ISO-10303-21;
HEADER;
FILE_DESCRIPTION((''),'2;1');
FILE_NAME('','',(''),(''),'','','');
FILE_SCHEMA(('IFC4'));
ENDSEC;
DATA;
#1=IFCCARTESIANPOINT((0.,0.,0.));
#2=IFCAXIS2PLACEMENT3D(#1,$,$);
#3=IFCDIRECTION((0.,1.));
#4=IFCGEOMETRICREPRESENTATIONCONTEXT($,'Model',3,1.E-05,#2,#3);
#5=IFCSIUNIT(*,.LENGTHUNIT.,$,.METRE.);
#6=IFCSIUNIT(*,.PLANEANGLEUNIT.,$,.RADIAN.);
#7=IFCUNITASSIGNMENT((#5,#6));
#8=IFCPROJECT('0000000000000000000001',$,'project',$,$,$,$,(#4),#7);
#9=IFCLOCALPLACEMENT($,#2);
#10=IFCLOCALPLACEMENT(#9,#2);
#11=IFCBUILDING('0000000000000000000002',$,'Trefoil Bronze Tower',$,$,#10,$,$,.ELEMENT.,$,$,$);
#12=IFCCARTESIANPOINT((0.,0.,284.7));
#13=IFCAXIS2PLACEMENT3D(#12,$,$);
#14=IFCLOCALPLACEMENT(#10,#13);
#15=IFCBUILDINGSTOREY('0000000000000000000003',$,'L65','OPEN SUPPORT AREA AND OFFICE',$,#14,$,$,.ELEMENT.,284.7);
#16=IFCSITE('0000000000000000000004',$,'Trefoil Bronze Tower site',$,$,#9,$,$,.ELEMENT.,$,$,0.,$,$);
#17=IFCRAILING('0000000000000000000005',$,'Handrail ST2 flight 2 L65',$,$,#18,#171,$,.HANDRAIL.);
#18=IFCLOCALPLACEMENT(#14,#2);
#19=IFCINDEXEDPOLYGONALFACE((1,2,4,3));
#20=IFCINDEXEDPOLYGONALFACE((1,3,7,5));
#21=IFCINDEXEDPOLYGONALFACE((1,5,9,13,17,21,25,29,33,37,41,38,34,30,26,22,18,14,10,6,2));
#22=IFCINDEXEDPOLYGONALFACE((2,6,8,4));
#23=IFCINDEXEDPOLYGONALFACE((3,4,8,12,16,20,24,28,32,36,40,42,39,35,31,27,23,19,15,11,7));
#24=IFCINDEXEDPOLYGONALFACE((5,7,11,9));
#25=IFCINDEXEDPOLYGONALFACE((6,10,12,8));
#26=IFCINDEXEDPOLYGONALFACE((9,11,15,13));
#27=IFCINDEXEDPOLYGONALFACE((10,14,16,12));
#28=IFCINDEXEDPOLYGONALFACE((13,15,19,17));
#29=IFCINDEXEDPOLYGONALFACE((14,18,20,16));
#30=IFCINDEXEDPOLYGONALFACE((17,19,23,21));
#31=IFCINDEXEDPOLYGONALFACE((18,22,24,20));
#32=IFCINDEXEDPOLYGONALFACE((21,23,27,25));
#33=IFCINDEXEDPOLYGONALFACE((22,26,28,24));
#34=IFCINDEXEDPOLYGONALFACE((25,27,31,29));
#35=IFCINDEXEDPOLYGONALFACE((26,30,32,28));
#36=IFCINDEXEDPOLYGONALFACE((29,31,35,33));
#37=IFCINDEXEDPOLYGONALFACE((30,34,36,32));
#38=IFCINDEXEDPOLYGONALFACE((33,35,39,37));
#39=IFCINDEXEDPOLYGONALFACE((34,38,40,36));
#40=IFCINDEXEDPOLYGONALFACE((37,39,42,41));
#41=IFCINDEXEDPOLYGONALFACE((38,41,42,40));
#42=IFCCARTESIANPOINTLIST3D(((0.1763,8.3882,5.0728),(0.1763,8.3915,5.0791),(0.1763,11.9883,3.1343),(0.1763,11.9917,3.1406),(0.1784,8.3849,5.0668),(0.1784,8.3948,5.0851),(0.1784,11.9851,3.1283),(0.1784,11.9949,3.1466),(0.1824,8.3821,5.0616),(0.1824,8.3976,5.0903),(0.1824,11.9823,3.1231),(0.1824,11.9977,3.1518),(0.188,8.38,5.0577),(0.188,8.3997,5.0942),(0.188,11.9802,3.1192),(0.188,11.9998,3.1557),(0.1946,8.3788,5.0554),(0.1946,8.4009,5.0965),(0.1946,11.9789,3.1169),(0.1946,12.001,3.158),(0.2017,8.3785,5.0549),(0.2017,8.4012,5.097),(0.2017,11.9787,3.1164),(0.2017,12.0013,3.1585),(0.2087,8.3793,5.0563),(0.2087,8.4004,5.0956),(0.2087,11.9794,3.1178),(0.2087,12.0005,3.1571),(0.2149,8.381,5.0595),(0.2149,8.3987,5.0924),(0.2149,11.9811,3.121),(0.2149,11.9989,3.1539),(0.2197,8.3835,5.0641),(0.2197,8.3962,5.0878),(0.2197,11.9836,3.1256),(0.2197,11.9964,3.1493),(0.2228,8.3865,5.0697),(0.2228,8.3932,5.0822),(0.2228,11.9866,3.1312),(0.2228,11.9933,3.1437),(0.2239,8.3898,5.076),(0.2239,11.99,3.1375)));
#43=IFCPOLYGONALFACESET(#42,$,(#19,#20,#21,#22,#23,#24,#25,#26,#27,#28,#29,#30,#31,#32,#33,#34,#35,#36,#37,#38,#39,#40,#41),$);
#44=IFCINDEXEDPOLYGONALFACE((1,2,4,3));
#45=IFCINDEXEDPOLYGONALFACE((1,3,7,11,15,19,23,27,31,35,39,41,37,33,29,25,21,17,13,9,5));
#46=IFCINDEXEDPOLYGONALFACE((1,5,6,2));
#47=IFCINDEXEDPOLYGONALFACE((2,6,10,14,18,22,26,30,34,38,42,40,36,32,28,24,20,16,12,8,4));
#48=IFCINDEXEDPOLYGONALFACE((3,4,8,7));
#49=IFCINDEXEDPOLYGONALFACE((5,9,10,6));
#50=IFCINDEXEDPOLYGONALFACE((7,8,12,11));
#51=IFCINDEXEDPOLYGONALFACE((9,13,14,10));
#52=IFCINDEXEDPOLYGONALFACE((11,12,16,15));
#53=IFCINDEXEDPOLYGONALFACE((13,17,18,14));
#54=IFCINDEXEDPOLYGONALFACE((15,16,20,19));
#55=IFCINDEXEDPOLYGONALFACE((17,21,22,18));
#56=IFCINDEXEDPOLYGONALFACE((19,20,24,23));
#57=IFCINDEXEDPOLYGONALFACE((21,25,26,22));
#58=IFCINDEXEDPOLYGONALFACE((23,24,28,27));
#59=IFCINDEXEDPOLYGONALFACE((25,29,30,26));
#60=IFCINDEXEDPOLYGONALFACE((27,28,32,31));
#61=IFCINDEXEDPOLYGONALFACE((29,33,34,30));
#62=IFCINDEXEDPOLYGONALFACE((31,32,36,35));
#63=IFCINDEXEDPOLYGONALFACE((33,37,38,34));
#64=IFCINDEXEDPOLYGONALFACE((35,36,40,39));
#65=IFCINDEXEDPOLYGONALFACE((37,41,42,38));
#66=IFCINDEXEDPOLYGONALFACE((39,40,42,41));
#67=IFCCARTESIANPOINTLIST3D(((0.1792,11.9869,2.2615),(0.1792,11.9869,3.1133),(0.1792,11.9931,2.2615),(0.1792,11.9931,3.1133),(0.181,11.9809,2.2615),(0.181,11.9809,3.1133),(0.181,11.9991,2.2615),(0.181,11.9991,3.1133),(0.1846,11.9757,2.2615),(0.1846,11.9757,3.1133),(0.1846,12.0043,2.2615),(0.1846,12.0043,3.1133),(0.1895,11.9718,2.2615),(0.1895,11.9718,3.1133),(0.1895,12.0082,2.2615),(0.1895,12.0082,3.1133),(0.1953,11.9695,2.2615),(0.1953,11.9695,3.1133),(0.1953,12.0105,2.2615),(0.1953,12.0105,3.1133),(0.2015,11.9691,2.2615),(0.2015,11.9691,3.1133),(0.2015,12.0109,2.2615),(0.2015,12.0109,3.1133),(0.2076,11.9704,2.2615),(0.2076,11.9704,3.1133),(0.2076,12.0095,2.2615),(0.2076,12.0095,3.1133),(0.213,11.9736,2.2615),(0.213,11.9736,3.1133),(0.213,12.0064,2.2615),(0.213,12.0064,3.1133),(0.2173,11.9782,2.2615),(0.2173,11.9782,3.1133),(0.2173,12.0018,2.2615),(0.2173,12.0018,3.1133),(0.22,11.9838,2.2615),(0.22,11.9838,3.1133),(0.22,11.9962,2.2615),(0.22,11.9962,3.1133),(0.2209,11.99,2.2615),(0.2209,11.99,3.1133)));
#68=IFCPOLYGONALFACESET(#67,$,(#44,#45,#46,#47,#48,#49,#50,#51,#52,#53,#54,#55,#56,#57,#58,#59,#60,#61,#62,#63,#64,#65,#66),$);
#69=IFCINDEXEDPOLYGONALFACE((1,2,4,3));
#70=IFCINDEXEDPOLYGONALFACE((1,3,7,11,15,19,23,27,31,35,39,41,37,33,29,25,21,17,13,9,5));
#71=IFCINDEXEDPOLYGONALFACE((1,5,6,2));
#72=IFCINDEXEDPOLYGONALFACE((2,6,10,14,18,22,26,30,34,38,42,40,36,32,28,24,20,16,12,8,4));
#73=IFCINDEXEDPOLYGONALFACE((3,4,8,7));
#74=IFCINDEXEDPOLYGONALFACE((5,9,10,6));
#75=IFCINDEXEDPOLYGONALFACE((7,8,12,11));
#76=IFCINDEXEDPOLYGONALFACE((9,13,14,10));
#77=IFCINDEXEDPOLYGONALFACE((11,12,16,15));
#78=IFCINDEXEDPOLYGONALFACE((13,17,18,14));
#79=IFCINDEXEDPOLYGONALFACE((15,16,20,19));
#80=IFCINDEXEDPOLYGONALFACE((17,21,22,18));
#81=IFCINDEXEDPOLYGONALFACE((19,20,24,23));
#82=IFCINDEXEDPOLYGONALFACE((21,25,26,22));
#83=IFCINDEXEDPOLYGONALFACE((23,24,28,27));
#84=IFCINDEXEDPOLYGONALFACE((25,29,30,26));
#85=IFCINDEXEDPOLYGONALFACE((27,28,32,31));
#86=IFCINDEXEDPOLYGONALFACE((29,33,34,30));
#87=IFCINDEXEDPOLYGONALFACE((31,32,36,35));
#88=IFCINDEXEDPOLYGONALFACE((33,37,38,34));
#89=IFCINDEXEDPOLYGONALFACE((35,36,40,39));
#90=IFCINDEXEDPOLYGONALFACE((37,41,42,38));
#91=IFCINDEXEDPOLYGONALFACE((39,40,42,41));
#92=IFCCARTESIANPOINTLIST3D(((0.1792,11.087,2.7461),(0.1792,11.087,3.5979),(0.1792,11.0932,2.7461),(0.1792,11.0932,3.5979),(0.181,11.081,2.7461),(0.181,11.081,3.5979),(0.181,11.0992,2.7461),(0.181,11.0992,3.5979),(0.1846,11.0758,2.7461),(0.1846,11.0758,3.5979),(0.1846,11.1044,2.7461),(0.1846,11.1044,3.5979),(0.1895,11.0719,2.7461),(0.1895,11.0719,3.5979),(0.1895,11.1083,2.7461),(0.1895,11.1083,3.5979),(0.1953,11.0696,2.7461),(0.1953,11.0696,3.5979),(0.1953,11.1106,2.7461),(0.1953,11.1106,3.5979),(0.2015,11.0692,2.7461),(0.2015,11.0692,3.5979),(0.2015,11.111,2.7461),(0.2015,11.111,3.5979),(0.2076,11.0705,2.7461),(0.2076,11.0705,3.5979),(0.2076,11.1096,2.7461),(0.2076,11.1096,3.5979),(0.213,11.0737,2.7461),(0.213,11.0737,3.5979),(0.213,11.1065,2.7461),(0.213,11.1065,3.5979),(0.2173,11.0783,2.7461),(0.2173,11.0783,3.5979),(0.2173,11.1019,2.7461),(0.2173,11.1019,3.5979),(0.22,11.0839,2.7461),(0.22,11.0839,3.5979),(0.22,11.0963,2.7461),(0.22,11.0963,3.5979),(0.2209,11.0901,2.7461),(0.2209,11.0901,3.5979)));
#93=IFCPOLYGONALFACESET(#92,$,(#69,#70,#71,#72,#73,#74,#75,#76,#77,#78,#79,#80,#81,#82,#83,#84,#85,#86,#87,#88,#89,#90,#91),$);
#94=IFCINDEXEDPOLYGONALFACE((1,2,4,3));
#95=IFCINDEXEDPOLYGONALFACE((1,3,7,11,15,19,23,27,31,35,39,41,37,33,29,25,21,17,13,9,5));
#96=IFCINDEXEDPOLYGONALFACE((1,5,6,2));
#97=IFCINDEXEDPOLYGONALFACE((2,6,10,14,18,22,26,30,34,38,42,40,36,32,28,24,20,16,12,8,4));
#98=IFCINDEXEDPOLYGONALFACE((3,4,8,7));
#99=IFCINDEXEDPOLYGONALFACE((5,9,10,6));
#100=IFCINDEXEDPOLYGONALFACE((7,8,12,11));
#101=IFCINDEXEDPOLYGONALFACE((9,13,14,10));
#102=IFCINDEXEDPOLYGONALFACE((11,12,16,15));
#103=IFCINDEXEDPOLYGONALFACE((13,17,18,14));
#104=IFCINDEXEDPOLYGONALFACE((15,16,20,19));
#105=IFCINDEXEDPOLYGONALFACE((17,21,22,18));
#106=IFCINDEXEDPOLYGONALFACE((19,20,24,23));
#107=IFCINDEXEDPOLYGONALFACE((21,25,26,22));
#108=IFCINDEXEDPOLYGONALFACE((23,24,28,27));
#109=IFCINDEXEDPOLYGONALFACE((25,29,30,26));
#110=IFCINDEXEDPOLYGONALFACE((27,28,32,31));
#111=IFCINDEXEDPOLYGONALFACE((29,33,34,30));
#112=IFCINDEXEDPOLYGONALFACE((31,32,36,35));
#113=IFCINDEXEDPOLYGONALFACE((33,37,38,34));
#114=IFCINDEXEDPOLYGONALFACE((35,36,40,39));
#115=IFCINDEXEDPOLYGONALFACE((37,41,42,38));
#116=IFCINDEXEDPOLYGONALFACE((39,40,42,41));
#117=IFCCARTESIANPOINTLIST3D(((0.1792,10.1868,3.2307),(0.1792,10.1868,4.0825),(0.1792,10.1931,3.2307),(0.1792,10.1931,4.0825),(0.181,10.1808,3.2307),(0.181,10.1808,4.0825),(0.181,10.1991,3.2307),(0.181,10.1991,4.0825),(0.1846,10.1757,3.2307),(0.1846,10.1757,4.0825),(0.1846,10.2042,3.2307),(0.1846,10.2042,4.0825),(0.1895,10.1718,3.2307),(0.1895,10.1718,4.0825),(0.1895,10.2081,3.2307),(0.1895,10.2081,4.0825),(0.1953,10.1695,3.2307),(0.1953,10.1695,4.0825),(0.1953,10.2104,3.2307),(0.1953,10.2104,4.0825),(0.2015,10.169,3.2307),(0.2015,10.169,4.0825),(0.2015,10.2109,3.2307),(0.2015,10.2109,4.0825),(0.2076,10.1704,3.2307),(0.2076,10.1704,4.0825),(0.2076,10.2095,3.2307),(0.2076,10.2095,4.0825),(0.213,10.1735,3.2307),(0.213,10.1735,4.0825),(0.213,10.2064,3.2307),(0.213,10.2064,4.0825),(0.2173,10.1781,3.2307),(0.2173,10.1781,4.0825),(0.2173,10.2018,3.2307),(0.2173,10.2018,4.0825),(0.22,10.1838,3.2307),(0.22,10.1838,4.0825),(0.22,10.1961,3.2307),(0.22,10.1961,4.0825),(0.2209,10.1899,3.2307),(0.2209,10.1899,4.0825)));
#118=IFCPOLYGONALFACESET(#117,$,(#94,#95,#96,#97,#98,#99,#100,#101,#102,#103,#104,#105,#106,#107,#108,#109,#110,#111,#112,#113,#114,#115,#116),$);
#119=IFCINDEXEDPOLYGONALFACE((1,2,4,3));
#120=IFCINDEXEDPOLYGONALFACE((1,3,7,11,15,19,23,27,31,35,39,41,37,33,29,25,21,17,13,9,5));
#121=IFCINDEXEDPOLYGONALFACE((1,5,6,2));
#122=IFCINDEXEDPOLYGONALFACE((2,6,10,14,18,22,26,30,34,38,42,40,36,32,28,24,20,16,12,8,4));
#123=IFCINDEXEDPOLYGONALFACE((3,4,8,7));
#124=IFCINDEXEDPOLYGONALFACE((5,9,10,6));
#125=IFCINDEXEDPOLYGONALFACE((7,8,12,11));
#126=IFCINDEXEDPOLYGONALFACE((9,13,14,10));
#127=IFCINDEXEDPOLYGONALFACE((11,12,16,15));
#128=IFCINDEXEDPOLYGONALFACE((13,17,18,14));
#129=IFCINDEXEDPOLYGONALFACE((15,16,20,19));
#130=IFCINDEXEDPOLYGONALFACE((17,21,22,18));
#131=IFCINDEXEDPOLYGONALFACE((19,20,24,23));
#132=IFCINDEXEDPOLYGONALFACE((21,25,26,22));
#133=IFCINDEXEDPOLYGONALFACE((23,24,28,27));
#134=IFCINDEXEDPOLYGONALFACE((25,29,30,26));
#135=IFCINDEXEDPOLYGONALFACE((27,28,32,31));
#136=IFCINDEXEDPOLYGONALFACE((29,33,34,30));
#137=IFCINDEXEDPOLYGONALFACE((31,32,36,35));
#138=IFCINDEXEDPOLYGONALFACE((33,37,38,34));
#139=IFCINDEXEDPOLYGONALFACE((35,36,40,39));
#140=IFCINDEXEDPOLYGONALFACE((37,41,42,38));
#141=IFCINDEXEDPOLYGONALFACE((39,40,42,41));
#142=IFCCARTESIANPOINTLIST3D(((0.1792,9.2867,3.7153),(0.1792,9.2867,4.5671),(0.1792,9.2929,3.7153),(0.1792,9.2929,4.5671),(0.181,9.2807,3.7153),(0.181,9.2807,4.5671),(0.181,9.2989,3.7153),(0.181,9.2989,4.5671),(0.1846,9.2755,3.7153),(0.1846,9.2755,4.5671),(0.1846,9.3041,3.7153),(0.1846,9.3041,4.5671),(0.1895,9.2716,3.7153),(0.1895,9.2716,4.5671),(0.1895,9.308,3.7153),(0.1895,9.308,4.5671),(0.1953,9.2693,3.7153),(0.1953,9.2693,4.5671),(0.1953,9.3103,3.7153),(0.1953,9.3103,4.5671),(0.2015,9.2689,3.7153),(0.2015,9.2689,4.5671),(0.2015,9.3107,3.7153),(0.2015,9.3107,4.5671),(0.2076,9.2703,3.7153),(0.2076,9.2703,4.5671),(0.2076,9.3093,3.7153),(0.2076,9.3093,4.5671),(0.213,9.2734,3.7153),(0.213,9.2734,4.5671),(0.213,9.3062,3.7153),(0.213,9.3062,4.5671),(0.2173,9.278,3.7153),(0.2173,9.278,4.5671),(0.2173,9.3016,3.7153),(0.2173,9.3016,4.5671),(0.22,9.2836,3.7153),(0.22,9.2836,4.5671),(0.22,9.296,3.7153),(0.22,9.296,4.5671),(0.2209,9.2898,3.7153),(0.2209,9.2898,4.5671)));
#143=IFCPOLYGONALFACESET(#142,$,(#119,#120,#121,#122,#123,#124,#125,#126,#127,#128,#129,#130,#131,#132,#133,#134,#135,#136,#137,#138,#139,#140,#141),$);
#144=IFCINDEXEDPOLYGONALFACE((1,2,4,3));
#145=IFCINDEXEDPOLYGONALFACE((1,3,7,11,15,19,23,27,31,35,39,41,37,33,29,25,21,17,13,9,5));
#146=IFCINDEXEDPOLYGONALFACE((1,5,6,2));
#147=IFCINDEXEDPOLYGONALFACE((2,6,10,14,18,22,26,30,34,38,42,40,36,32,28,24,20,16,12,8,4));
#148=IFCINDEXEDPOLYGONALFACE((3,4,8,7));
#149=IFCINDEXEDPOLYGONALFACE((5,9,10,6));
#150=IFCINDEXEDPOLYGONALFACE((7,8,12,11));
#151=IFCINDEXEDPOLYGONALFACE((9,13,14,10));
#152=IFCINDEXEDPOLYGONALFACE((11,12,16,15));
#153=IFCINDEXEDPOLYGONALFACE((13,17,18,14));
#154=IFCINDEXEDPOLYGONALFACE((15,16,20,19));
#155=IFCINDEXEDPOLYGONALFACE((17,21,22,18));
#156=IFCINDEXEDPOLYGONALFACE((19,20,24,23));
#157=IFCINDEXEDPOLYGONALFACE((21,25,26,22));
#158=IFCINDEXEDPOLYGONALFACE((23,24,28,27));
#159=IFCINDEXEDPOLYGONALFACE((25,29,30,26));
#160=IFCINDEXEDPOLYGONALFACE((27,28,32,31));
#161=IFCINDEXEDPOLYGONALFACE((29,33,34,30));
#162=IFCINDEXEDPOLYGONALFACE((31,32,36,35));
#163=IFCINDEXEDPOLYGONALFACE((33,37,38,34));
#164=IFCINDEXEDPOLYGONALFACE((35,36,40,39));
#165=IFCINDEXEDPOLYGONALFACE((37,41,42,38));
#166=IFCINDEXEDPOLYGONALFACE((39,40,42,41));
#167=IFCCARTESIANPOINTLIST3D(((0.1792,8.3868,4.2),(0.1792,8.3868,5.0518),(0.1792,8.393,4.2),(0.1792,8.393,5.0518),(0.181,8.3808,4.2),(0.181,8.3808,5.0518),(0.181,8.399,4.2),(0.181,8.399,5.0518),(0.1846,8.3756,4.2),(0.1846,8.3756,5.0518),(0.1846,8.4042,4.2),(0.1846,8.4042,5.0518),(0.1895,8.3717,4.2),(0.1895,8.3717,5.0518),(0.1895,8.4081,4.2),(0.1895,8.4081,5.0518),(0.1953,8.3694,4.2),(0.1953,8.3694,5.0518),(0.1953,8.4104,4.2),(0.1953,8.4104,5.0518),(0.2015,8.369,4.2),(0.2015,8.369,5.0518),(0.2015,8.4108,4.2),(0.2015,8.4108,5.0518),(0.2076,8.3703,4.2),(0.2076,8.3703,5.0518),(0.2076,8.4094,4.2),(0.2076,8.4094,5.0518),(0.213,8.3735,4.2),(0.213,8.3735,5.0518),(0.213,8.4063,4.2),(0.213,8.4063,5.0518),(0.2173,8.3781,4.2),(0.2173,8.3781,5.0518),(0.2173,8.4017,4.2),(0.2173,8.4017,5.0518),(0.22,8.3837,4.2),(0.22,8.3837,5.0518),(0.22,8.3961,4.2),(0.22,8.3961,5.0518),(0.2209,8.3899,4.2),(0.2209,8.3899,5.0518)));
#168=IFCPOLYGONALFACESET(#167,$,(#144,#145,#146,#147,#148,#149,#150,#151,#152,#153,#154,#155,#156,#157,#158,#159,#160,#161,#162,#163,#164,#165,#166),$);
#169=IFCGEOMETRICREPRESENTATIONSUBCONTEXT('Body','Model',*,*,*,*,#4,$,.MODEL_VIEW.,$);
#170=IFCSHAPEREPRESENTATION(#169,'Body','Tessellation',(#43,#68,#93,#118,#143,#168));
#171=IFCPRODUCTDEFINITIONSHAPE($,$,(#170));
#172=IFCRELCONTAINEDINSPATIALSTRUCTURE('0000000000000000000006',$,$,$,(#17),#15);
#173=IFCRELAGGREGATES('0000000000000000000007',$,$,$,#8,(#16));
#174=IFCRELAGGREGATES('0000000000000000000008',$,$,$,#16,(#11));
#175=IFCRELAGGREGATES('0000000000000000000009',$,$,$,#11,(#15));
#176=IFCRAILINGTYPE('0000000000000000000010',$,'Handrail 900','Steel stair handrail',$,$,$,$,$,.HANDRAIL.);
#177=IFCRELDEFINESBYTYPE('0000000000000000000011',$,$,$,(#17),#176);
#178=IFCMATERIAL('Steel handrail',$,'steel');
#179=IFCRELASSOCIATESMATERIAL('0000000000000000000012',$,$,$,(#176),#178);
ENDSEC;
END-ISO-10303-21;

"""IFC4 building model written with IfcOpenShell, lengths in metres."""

from ifc_helpers import new_model, si_unit, direction, frame, origin, origin_2d, place, context, subcontext, project, spatial, circle, extrude, material, type_object, element, save


model = new_model("IFC4")

# Units and contexts
model_context = context("Model", 3, precision=1e-05, world=origin(), true_north=direction((0.0, 1.0)))
body_context = subcontext(model_context, "Body", "Model", "MODEL_VIEW")
ifc_project = project(units=[si_unit("LENGTHUNIT", "METRE"), si_unit("PLANEANGLEUNIT", "RADIAN")], contexts=[model_context])

# Site, building, storey
site_placement = place(None, origin())
site = spatial("IfcSite", under=ifc_project, at=site_placement, Name="Trefoil Bronze Tower site", CompositionType="ELEMENT", RefElevation=0.0)
building_placement = place(site_placement, origin())
building = spatial("IfcBuilding", under=site, at=building_placement, Name="Trefoil Bronze Tower", CompositionType="ELEMENT")
storey_placement = place(building_placement, frame((0.0, 0.0, 284.7)))
storey = spatial("IfcBuildingStorey", under=building, at=storey_placement, Name="L65", Description="OPEN SUPPORT AREA AND OFFICE", CompositionType="ELEMENT", Elevation=284.7)

# Railing
ifc_material_1 = material(Name="Steel handrail", Category="steel")
railing_type = type_object("IfcRailingType", Name="Handrail 900", Description="Steel stair handrail", PredefinedType="HANDRAIL", material=ifc_material_1)
railing_placement = place(storey_placement, frame((0.2, 11.99, 2.2615)))
element("IfcRailing", 1, at=railing_placement, inside=storey, type_object=railing_type, Name="Handrail ST2 flight 2 L65", PredefinedType="HANDRAIL", context=body_context, shape_type="SweptSolid", body=[
    extrude(circle(Radius=0.0239, at=origin_2d()), frame((0.0, 0.0, 0.876), z_axis=(0.0, -0.880475, 0.474093), x_axis=(1.0, 0.0, 0.0)), (0.0, 0.0, 1.0), 4.0889),
    extrude(circle(Radius=0.021, at=origin_2d()), origin(), (0.0, 0.0, 1.0), 0.8518),
    extrude(circle(Radius=0.021, at=origin_2d()), frame((0.0, -0.8999, 0.4846)), (0.0, 0.0, 1.0), 0.8518),
    extrude(circle(Radius=0.021, at=origin_2d()), frame((0.0, -1.8, 0.9692)), (0.0, 0.0, 1.0), 0.8518),
    extrude(circle(Radius=0.021, at=origin_2d()), frame((0.0, -2.7002, 1.4539)), (0.0, 0.0, 1.0), 0.8518),
    extrude(circle(Radius=0.021, at=origin_2d()), frame((0.0, -3.6001, 1.9385)), (0.0, 0.0, 1.0), 0.8518),
])

save(model, "model.ifc")
